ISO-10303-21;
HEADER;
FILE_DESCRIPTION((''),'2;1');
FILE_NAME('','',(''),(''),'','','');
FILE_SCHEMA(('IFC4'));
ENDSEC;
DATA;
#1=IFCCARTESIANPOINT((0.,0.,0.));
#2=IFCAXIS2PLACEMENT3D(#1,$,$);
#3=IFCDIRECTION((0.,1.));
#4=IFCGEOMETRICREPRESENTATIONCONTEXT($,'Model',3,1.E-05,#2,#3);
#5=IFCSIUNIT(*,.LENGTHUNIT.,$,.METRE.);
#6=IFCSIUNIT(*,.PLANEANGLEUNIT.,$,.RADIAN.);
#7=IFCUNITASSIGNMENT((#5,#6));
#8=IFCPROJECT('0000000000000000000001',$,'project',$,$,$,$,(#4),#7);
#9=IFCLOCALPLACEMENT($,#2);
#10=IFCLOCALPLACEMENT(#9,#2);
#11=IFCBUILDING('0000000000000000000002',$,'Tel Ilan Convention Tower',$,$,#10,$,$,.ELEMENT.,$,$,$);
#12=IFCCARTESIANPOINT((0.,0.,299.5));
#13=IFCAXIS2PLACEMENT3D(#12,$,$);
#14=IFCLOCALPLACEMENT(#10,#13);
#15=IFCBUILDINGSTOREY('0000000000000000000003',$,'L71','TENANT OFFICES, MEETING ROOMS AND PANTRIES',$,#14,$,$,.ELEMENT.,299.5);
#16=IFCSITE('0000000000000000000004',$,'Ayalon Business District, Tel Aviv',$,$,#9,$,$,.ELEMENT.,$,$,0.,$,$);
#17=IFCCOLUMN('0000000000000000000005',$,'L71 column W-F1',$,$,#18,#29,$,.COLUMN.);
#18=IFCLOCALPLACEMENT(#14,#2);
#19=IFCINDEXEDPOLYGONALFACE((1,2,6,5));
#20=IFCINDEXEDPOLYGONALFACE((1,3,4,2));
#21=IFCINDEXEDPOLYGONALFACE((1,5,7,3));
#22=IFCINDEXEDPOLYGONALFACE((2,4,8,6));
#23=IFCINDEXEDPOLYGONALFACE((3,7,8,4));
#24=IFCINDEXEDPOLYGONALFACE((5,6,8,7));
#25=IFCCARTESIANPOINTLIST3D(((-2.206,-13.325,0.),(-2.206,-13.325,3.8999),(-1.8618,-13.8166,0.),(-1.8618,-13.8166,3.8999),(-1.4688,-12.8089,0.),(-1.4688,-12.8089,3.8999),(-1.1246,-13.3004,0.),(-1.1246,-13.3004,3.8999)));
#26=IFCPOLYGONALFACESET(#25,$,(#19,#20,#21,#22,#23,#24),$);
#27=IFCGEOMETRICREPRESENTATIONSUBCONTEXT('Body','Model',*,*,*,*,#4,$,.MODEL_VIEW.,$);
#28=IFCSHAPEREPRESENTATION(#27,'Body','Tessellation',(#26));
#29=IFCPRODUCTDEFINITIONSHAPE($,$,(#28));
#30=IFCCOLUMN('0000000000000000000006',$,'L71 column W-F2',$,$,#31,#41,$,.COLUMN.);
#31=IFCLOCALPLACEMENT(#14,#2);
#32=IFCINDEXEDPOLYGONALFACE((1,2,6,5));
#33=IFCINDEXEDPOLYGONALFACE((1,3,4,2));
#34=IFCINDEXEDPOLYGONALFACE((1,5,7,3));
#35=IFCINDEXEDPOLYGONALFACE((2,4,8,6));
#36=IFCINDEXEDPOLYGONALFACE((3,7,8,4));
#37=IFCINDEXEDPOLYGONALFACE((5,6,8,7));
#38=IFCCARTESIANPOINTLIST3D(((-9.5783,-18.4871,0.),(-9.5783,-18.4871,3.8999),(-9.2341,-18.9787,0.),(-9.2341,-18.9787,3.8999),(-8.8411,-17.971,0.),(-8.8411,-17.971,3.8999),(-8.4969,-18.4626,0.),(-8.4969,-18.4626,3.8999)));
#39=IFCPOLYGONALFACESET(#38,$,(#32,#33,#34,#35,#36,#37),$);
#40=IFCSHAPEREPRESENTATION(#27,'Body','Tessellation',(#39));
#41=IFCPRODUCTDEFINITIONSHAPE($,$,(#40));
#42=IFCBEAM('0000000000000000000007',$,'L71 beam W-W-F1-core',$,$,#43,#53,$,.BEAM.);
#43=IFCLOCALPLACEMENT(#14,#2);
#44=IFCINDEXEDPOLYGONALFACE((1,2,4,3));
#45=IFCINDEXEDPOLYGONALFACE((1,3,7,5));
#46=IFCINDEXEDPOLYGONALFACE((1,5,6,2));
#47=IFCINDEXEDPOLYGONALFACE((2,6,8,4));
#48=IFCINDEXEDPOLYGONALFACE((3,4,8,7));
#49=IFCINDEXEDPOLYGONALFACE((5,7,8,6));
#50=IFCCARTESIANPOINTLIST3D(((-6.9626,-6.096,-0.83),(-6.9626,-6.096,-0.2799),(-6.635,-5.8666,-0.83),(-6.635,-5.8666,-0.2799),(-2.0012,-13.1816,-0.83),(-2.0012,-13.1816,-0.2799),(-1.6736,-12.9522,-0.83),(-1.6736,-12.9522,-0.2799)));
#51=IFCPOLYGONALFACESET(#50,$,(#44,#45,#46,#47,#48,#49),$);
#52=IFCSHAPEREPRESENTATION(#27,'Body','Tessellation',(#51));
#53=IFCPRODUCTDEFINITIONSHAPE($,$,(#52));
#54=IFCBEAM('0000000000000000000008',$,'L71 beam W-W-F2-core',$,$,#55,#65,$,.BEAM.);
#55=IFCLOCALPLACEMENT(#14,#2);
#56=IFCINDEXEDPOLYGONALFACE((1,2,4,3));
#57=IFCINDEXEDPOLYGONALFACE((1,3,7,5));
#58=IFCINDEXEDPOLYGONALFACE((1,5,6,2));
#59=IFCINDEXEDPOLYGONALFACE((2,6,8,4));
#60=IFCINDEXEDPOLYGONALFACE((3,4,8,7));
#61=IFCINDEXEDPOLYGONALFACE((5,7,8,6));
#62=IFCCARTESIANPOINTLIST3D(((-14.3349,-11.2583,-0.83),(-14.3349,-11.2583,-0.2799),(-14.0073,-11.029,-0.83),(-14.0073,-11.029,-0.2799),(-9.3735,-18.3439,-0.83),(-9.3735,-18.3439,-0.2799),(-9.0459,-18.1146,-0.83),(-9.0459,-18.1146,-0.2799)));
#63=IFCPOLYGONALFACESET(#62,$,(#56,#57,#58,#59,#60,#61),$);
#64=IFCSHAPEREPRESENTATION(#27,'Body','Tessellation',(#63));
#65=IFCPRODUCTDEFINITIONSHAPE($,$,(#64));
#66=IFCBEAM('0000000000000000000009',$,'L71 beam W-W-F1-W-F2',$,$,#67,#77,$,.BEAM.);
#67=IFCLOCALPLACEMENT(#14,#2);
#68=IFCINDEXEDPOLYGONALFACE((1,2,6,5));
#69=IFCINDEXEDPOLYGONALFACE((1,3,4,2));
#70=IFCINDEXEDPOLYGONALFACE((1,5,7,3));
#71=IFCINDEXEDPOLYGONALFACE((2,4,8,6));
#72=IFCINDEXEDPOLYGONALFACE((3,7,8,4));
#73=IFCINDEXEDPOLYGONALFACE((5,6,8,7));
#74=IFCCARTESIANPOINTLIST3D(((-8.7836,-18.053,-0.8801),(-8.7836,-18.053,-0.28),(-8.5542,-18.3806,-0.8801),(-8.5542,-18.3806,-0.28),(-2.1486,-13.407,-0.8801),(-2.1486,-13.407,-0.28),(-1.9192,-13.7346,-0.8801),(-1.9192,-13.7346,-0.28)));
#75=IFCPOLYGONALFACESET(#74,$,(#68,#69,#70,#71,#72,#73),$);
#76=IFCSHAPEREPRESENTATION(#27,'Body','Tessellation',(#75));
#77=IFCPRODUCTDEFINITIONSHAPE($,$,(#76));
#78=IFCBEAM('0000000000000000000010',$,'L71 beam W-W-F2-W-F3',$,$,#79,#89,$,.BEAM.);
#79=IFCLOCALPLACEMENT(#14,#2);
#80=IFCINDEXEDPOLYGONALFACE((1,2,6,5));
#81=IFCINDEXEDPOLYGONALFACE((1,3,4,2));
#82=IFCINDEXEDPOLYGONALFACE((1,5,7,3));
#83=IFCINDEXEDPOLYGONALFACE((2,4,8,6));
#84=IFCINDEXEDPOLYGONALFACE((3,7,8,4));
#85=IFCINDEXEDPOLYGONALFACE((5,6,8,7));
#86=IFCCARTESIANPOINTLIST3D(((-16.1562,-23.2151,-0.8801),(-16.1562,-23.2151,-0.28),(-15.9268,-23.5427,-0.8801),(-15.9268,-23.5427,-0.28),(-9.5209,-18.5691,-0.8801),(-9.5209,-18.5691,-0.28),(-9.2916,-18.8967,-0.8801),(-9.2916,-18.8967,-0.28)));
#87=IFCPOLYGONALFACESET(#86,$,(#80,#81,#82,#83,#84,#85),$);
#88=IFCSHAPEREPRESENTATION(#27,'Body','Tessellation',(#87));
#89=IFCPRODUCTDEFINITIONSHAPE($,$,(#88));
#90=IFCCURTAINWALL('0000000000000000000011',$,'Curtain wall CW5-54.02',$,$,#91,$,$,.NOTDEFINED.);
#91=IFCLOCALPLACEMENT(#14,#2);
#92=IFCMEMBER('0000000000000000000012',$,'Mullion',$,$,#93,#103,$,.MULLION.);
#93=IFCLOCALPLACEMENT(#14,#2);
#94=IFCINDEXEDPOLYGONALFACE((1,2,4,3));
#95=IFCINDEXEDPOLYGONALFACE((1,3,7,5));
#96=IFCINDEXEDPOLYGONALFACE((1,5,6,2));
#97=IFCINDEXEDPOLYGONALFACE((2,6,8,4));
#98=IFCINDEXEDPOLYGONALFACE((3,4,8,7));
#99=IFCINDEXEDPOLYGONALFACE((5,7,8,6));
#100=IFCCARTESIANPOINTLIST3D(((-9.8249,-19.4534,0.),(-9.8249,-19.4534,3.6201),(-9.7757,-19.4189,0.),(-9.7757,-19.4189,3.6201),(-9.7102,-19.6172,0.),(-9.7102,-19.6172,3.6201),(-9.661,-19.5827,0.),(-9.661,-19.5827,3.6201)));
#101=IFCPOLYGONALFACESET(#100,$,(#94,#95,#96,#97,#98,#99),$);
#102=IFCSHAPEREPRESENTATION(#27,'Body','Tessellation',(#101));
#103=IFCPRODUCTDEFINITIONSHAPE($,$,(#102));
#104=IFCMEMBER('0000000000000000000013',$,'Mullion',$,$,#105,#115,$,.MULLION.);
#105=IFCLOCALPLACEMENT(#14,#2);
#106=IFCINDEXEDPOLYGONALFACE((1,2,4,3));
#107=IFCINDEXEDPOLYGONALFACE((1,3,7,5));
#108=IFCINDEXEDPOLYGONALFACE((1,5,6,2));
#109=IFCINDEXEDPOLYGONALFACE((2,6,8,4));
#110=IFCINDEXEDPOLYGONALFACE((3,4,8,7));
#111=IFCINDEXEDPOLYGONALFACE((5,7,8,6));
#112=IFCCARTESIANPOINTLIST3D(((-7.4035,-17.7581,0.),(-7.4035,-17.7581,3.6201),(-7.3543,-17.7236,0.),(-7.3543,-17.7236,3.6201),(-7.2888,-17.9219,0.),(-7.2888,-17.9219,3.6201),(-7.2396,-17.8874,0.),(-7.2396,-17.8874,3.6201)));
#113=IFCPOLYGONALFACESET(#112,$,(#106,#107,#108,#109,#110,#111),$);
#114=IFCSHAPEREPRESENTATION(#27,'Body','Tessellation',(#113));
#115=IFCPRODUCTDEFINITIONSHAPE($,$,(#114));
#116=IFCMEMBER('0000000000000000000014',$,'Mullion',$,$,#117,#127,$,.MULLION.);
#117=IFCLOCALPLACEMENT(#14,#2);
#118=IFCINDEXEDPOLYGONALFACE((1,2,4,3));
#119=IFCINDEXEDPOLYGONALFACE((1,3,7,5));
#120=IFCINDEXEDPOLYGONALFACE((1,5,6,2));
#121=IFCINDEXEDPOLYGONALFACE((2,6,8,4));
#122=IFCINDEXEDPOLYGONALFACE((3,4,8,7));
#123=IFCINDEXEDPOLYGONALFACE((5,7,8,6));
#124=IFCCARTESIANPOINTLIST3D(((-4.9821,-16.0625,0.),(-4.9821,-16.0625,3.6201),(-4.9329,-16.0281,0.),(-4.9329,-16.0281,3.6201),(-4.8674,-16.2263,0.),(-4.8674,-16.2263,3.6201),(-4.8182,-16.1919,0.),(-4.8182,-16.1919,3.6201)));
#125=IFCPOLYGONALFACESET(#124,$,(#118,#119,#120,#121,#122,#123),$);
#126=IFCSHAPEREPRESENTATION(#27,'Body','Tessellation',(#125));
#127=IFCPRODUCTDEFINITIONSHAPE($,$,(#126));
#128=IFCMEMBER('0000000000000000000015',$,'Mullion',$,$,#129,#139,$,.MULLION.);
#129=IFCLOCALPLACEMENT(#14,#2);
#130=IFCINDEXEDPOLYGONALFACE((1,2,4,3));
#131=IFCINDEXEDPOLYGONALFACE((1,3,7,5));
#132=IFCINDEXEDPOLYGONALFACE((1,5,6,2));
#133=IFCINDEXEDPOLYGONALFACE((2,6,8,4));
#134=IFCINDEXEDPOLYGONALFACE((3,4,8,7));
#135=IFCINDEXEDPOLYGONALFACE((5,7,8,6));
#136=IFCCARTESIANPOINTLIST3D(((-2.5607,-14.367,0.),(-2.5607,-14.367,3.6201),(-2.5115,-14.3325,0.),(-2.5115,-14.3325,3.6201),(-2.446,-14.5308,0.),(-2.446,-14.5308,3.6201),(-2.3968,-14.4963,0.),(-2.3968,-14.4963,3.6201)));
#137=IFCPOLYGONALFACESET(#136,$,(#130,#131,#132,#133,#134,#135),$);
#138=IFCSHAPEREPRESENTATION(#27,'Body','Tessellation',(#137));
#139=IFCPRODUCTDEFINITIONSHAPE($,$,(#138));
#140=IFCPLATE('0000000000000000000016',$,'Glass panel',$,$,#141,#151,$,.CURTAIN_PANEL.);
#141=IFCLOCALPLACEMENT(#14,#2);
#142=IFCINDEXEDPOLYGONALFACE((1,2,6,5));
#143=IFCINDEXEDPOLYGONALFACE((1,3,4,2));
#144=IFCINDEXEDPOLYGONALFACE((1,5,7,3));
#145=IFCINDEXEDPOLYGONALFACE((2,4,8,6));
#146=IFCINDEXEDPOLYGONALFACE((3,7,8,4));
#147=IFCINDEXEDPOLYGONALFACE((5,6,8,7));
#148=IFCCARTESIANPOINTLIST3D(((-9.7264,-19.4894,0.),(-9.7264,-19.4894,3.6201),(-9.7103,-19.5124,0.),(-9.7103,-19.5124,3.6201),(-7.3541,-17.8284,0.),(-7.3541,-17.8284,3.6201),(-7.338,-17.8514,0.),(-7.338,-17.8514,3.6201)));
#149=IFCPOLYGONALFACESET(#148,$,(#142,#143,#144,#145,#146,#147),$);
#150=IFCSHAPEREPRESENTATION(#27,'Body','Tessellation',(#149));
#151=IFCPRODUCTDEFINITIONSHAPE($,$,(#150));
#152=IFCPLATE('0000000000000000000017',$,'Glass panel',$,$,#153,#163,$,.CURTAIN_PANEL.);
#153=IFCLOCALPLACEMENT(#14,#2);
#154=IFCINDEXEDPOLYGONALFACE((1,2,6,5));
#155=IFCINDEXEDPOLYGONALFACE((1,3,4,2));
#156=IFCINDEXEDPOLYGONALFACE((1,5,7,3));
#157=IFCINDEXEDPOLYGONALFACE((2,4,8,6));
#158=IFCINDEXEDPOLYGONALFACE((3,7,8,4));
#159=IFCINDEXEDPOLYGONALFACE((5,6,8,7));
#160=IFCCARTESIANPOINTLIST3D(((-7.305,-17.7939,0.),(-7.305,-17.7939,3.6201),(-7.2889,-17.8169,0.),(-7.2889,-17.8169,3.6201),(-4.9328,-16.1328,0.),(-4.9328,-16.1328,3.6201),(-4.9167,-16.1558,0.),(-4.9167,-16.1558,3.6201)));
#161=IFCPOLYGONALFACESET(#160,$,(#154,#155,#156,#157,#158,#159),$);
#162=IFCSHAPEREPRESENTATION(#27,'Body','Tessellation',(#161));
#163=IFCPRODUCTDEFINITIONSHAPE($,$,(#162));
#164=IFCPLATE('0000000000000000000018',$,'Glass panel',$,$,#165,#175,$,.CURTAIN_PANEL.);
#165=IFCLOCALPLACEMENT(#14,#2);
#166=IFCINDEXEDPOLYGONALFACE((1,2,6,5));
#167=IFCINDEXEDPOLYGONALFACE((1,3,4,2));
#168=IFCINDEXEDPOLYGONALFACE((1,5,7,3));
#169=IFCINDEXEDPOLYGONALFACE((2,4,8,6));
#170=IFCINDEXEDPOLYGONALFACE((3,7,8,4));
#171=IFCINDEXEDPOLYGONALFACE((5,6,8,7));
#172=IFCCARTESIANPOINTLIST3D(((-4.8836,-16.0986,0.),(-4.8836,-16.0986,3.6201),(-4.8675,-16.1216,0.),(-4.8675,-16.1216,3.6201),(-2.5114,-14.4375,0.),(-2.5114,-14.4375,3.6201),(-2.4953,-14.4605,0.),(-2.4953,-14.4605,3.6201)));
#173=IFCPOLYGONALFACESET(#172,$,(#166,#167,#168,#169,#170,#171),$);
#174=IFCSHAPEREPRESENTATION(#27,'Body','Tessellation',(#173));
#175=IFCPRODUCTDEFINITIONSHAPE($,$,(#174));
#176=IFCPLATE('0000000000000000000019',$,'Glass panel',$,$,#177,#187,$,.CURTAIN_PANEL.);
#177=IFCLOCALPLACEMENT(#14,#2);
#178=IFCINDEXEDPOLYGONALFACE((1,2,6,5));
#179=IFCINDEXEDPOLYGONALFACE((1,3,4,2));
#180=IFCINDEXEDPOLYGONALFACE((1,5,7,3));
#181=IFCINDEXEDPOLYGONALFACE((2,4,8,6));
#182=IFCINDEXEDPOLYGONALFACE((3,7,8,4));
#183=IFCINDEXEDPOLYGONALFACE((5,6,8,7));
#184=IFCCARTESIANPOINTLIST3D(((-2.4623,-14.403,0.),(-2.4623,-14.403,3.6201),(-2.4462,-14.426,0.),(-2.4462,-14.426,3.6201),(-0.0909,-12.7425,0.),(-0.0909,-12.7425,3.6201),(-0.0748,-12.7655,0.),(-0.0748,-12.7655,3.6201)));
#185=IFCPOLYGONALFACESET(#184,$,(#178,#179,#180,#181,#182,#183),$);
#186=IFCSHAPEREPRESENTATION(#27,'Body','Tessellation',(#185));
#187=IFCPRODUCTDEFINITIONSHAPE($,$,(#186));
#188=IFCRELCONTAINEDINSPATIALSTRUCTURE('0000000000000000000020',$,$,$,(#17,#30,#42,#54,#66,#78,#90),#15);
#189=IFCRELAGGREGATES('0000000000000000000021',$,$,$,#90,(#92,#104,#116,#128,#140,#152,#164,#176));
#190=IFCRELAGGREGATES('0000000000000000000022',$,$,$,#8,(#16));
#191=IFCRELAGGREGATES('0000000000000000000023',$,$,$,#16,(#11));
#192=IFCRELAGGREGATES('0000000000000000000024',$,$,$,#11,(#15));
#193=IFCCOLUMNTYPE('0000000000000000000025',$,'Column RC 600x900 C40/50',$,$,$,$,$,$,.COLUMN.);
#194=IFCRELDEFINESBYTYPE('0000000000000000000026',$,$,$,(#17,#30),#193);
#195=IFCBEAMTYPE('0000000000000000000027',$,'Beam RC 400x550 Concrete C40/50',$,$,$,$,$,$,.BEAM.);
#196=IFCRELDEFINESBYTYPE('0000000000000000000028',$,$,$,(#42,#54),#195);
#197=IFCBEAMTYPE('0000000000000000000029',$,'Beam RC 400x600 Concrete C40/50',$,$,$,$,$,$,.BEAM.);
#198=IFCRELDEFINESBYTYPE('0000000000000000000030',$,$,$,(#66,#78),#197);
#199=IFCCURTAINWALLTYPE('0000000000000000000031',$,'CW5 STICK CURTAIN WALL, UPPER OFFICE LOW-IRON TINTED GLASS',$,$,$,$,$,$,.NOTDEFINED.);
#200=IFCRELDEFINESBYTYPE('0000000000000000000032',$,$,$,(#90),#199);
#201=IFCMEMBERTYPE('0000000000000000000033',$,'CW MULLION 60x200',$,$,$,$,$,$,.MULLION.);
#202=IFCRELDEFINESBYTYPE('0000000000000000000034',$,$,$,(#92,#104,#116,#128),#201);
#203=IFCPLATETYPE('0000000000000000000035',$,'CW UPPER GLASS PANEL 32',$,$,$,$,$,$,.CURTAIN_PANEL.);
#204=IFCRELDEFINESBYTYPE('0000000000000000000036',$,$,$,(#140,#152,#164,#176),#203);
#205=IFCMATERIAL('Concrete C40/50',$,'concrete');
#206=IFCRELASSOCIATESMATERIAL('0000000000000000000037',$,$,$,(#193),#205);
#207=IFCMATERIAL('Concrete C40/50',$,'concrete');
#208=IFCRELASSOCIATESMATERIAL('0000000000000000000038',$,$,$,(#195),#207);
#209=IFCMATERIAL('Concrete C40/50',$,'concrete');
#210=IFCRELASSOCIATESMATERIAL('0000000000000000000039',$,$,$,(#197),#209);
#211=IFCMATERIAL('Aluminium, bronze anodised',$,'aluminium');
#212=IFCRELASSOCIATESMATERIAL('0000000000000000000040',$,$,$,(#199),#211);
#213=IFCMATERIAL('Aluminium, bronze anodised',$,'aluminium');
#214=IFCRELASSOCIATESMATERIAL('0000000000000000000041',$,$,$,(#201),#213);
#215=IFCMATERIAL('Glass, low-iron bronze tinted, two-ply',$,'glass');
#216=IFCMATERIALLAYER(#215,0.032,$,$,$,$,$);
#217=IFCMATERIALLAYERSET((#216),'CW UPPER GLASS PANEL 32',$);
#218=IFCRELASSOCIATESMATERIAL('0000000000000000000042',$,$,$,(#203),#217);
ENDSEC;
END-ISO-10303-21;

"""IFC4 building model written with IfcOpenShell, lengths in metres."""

from ifc_helpers import new_model, si_unit, direction, frame, origin, origin_2d, place, context, subcontext, project, spatial, rectangle, extrude, material, layer, layer_set, material_profile, profile_set, type_object, element, aggregate, save


model = new_model("IFC4")

# Units and contexts
model_context = context("Model", 3, precision=1e-05, world=origin(), true_north=direction((0.0, 1.0)))
body_context = subcontext(model_context, "Body", "Model", "MODEL_VIEW")
ifc_project = project(units=[si_unit("LENGTHUNIT", "METRE"), si_unit("PLANEANGLEUNIT", "RADIAN")], contexts=[model_context])

# Site, building, storey
site_placement = place(None, origin())
site = spatial("IfcSite", under=ifc_project, at=site_placement, Name="Ayalon Business District, Tel Aviv", CompositionType="ELEMENT", RefElevation=0.0)
building_placement = place(site_placement, origin())
building = spatial("IfcBuilding", under=site, at=building_placement, Name="Tel Ilan Convention Tower", CompositionType="ELEMENT")
storey_placement = place(building_placement, frame((0.0, 0.0, 299.5)))
storey = spatial("IfcBuildingStorey", under=building, at=storey_placement, Name="L71", Description="TENANT OFFICES, MEETING ROOMS AND PANTRIES", CompositionType="ELEMENT", Elevation=299.5)

# Columns
ifc_material_1 = material(Name="Concrete C40/50", Category="concrete")
ifc_material_profile_1 = material_profile(ifc_material_1, rectangle(XDim=0.8999, YDim=0.6001, at=origin_2d()), Name="RC 600x900")
ifc_profile_set_1 = profile_set([ifc_material_profile_1], Name="Concrete C40/50")
column_type = type_object("IfcColumnType", Name="Column RC 600x900 C40/50", PredefinedType="COLUMN", material=ifc_profile_set_1)
for number, where, z_axis, x_axis, name in (
    (1, (-1.6653, -13.3127, 0.0), (0.0, 0.0, 1.0), (-0.819152, -0.573576, 0.0), "L71 column W-F1"),
    (2, (-9.0376, -18.4749, 0.0), (0.0, 0.0, 1.0), (-0.819152, -0.573576, 0.0), "L71 column W-F2"),
):
    element("IfcColumn", number, at=place(storey_placement, frame(where, z_axis=z_axis, x_axis=x_axis)), inside=storey, type_object=column_type, Name=name, PredefinedType="COLUMN", context=body_context, shape_type="SweptSolid", body=[
        extrude(rectangle(XDim=0.8999, YDim=0.6001, at=origin_2d()), origin(), (0.0, 0.0, 1.0), 3.8999),
    ])

# Beams
ifc_material_2 = material(Name="Concrete C40/50", Category="concrete")
ifc_material_profile_2 = material_profile(ifc_material_2, rectangle(XDim=0.3999, YDim=0.55, at=origin_2d()), Name="RC 400x550")
ifc_profile_set_2 = profile_set([ifc_material_profile_2], Name="Concrete C40/50")
beam_type_1 = type_object("IfcBeamType", Name="Beam RC 400x550 Concrete C40/50", PredefinedType="BEAM", material=ifc_profile_set_2)
for number, where, z_axis, x_axis, name in (
    (3, (-1.8374, -13.0669, -0.5549), (-0.573574, 0.819154, 0.0), (-0.819154, -0.573574, 0.0), "L71 beam W-W-F1-core"),
    (4, (-9.2097, -18.2292, -0.5549), (-0.573574, 0.819154, 0.0), (-0.819154, -0.573574, 0.0), "L71 beam W-W-F2-core"),
):
    element("IfcBeam", number, at=place(storey_placement, frame(where, z_axis=z_axis, x_axis=x_axis)), inside=storey, type_object=beam_type_1, Name=name, PredefinedType="BEAM", context=body_context, shape_type="SweptSolid", body=[
        extrude(rectangle(XDim=0.3999, YDim=0.55, at=origin_2d()), origin(), (0.0, 0.0, 1.0), 8.6499),
    ])
ifc_material_3 = material(Name="Concrete C40/50", Category="concrete")
ifc_material_profile_3 = material_profile(ifc_material_3, rectangle(XDim=0.3999, YDim=0.6001, at=origin_2d()), Name="RC 400x600")
ifc_profile_set_3 = profile_set([ifc_material_profile_3], Name="Concrete C40/50")
beam_type_2 = type_object("IfcBeamType", Name="Beam RC 400x600 Concrete C40/50", PredefinedType="BEAM", material=ifc_profile_set_3)
beam_1_placement = place(storey_placement, frame((-2.0339, -13.5708, -0.5801), z_axis=(-0.819146, -0.573586, 0.0), x_axis=(0.573586, -0.819146, 0.0)))
element("IfcBeam", 5, at=beam_1_placement, inside=storey, type_object=beam_type_2, Name="L71 beam W-W-F1-W-F2", PredefinedType="BEAM", context=body_context, shape_type="SweptSolid", body=[
    extrude(rectangle(XDim=0.3999, YDim=0.6001, at=origin_2d()), origin(), (0.0, 0.0, 1.0), 8.0999),
])
beam_2_placement = place(storey_placement, frame((-9.4062, -18.7329, -0.5801), z_axis=(-0.819155, -0.573572, 0.0), x_axis=(0.573572, -0.819155, 0.0)))
element("IfcBeam", 6, at=beam_2_placement, inside=storey, type_object=beam_type_2, Name="L71 beam W-W-F2-W-F3", PredefinedType="BEAM", context=body_context, shape_type="SweptSolid", body=[
    extrude(rectangle(XDim=0.3999, YDim=0.6001, at=origin_2d()), origin(), (0.0, 0.0, 1.0), 8.1001),
])

# Curtain wall, members, plates
ifc_material_4 = material(Name="Aluminium, bronze anodised", Category="aluminium")
curtain_wall_type = type_object("IfcCurtainWallType", Name="CW5 STICK CURTAIN WALL, UPPER OFFICE LOW-IRON TINTED GLASS", PredefinedType="NOTDEFINED", material=ifc_material_4)
curtain_wall_placement = place(storey_placement, origin())
curtain_wall = element("IfcCurtainWall", 7, at=curtain_wall_placement, inside=storey, type_object=curtain_wall_type, Name="Curtain wall CW5-54.02", PredefinedType="NOTDEFINED")
ifc_material_5 = material(Name="Aluminium, bronze anodised", Category="aluminium")
ifc_material_profile_4 = material_profile(ifc_material_5, rectangle(XDim=0.0601, YDim=0.2, at=origin_2d()), Name="CW MULLION 60x200")
ifc_profile_set_4 = profile_set([ifc_material_profile_4], Name="Aluminium, bronze anodised")
member_type = type_object("IfcMemberType", Name="CW MULLION 60x200", PredefinedType="MULLION", material=ifc_profile_set_4)
member_1_placement = place(storey_placement, frame((-9.7429, -19.5181, 0.0), z_axis=(0.0, 0.0, 1.0), x_axis=(0.819152, 0.573576, 0.0)))
member_1 = element("IfcMember", 8, at=member_1_placement, type_object=member_type, Name="Mullion", PredefinedType="MULLION", context=body_context, shape_type="SweptSolid", body=[
    extrude(rectangle(XDim=0.0601, YDim=0.2, at=origin_2d()), origin(), (0.0, 0.0, 1.0), 3.6201),
])
member_2_placement = place(storey_placement, frame((-7.3215, -17.8228, 0.0), z_axis=(0.0, 0.0, 1.0), x_axis=(0.819152, 0.573576, 0.0)))
member_2 = element("IfcMember", 9, at=member_2_placement, type_object=member_type, Name="Mullion", PredefinedType="MULLION", context=body_context, shape_type="SweptSolid", body=[
    extrude(rectangle(XDim=0.0601, YDim=0.2, at=origin_2d()), origin(), (0.0, 0.0, 1.0), 3.6201),
])
member_3_placement = place(storey_placement, frame((-4.9001, -16.1272, 0.0), z_axis=(0.0, 0.0, 1.0), x_axis=(0.819152, 0.573576, 0.0)))
member_3 = element("IfcMember", 10, at=member_3_placement, type_object=member_type, Name="Mullion", PredefinedType="MULLION", context=body_context, shape_type="SweptSolid", body=[
    extrude(rectangle(XDim=0.0601, YDim=0.2, at=origin_2d()), origin(), (0.0, 0.0, 1.0), 3.6201),
])
member_4_placement = place(storey_placement, frame((-2.4788, -14.4316, 0.0), z_axis=(0.0, 0.0, 1.0), x_axis=(0.819152, 0.573576, 0.0)))
member_4 = element("IfcMember", 11, at=member_4_placement, type_object=member_type, Name="Mullion", PredefinedType="MULLION", context=body_context, shape_type="SweptSolid", body=[
    extrude(rectangle(XDim=0.0601, YDim=0.2, at=origin_2d()), origin(), (0.0, 0.0, 1.0), 3.6201),
])
ifc_material_6 = material(Name="Glass, low-iron bronze tinted, two-ply", Category="glass")
ifc_layer_1 = layer(ifc_material_6, 0.032)
ifc_layer_set_1 = layer_set([ifc_layer_1], Name="CW UPPER GLASS PANEL 32")
plate_type = type_object("IfcPlateType", Name="CW UPPER GLASS PANEL 32", PredefinedType="CURTAIN_PANEL", material=ifc_layer_set_1)
plate_1_placement = place(storey_placement, frame((-8.5322, -18.6704, 0.0), z_axis=(0.0, 0.0, 1.0), x_axis=(0.819152, 0.573576, 0.0)))
plate_1 = element("IfcPlate", 12, at=plate_1_placement, type_object=plate_type, Name="Glass panel", PredefinedType="CURTAIN_PANEL", context=body_context, shape_type="SweptSolid", body=[
    extrude(rectangle(XDim=2.896, YDim=0.0281, at=origin_2d()), origin(), (0.0, 0.0, 1.0), 3.6201),
])
plate_2_placement = place(storey_placement, frame((-6.1108, -16.9749, 0.0), z_axis=(0.0, 0.0, 1.0), x_axis=(0.819152, 0.573576, 0.0)))
plate_2 = element("IfcPlate", 13, at=plate_2_placement, type_object=plate_type, Name="Glass panel", PredefinedType="CURTAIN_PANEL", context=body_context, shape_type="SweptSolid", body=[
    extrude(rectangle(XDim=2.896, YDim=0.0281, at=origin_2d()), origin(), (0.0, 0.0, 1.0), 3.6201),
])
plate_3_placement = place(storey_placement, frame((-3.6895, -15.2795, 0.0), z_axis=(0.0, 0.0, 1.0), x_axis=(0.819152, 0.573576, 0.0)))
plate_3 = element("IfcPlate", 14, at=plate_3_placement, type_object=plate_type, Name="Glass panel", PredefinedType="CURTAIN_PANEL", context=body_context, shape_type="SweptSolid", body=[
    extrude(rectangle(XDim=2.896, YDim=0.0281, at=origin_2d()), origin(), (0.0, 0.0, 1.0), 3.6201),
])
plate_4_placement = place(storey_placement, frame((-1.2686, -13.5842, 0.0), z_axis=(0.0, 0.0, 1.0), x_axis=(0.819152, 0.573576, 0.0)))
plate_4 = element("IfcPlate", 15, at=plate_4_placement, type_object=plate_type, Name="Glass panel", PredefinedType="CURTAIN_PANEL", context=body_context, shape_type="SweptSolid", body=[
    extrude(rectangle(XDim=2.895, YDim=0.0281, at=origin_2d()), origin(), (0.0, 0.0, 1.0), 3.6201),
])
aggregate(curtain_wall, [member_1, member_2, member_3, member_4, plate_1, plate_2, plate_3, plate_4])

save(model, "model.ifc")
